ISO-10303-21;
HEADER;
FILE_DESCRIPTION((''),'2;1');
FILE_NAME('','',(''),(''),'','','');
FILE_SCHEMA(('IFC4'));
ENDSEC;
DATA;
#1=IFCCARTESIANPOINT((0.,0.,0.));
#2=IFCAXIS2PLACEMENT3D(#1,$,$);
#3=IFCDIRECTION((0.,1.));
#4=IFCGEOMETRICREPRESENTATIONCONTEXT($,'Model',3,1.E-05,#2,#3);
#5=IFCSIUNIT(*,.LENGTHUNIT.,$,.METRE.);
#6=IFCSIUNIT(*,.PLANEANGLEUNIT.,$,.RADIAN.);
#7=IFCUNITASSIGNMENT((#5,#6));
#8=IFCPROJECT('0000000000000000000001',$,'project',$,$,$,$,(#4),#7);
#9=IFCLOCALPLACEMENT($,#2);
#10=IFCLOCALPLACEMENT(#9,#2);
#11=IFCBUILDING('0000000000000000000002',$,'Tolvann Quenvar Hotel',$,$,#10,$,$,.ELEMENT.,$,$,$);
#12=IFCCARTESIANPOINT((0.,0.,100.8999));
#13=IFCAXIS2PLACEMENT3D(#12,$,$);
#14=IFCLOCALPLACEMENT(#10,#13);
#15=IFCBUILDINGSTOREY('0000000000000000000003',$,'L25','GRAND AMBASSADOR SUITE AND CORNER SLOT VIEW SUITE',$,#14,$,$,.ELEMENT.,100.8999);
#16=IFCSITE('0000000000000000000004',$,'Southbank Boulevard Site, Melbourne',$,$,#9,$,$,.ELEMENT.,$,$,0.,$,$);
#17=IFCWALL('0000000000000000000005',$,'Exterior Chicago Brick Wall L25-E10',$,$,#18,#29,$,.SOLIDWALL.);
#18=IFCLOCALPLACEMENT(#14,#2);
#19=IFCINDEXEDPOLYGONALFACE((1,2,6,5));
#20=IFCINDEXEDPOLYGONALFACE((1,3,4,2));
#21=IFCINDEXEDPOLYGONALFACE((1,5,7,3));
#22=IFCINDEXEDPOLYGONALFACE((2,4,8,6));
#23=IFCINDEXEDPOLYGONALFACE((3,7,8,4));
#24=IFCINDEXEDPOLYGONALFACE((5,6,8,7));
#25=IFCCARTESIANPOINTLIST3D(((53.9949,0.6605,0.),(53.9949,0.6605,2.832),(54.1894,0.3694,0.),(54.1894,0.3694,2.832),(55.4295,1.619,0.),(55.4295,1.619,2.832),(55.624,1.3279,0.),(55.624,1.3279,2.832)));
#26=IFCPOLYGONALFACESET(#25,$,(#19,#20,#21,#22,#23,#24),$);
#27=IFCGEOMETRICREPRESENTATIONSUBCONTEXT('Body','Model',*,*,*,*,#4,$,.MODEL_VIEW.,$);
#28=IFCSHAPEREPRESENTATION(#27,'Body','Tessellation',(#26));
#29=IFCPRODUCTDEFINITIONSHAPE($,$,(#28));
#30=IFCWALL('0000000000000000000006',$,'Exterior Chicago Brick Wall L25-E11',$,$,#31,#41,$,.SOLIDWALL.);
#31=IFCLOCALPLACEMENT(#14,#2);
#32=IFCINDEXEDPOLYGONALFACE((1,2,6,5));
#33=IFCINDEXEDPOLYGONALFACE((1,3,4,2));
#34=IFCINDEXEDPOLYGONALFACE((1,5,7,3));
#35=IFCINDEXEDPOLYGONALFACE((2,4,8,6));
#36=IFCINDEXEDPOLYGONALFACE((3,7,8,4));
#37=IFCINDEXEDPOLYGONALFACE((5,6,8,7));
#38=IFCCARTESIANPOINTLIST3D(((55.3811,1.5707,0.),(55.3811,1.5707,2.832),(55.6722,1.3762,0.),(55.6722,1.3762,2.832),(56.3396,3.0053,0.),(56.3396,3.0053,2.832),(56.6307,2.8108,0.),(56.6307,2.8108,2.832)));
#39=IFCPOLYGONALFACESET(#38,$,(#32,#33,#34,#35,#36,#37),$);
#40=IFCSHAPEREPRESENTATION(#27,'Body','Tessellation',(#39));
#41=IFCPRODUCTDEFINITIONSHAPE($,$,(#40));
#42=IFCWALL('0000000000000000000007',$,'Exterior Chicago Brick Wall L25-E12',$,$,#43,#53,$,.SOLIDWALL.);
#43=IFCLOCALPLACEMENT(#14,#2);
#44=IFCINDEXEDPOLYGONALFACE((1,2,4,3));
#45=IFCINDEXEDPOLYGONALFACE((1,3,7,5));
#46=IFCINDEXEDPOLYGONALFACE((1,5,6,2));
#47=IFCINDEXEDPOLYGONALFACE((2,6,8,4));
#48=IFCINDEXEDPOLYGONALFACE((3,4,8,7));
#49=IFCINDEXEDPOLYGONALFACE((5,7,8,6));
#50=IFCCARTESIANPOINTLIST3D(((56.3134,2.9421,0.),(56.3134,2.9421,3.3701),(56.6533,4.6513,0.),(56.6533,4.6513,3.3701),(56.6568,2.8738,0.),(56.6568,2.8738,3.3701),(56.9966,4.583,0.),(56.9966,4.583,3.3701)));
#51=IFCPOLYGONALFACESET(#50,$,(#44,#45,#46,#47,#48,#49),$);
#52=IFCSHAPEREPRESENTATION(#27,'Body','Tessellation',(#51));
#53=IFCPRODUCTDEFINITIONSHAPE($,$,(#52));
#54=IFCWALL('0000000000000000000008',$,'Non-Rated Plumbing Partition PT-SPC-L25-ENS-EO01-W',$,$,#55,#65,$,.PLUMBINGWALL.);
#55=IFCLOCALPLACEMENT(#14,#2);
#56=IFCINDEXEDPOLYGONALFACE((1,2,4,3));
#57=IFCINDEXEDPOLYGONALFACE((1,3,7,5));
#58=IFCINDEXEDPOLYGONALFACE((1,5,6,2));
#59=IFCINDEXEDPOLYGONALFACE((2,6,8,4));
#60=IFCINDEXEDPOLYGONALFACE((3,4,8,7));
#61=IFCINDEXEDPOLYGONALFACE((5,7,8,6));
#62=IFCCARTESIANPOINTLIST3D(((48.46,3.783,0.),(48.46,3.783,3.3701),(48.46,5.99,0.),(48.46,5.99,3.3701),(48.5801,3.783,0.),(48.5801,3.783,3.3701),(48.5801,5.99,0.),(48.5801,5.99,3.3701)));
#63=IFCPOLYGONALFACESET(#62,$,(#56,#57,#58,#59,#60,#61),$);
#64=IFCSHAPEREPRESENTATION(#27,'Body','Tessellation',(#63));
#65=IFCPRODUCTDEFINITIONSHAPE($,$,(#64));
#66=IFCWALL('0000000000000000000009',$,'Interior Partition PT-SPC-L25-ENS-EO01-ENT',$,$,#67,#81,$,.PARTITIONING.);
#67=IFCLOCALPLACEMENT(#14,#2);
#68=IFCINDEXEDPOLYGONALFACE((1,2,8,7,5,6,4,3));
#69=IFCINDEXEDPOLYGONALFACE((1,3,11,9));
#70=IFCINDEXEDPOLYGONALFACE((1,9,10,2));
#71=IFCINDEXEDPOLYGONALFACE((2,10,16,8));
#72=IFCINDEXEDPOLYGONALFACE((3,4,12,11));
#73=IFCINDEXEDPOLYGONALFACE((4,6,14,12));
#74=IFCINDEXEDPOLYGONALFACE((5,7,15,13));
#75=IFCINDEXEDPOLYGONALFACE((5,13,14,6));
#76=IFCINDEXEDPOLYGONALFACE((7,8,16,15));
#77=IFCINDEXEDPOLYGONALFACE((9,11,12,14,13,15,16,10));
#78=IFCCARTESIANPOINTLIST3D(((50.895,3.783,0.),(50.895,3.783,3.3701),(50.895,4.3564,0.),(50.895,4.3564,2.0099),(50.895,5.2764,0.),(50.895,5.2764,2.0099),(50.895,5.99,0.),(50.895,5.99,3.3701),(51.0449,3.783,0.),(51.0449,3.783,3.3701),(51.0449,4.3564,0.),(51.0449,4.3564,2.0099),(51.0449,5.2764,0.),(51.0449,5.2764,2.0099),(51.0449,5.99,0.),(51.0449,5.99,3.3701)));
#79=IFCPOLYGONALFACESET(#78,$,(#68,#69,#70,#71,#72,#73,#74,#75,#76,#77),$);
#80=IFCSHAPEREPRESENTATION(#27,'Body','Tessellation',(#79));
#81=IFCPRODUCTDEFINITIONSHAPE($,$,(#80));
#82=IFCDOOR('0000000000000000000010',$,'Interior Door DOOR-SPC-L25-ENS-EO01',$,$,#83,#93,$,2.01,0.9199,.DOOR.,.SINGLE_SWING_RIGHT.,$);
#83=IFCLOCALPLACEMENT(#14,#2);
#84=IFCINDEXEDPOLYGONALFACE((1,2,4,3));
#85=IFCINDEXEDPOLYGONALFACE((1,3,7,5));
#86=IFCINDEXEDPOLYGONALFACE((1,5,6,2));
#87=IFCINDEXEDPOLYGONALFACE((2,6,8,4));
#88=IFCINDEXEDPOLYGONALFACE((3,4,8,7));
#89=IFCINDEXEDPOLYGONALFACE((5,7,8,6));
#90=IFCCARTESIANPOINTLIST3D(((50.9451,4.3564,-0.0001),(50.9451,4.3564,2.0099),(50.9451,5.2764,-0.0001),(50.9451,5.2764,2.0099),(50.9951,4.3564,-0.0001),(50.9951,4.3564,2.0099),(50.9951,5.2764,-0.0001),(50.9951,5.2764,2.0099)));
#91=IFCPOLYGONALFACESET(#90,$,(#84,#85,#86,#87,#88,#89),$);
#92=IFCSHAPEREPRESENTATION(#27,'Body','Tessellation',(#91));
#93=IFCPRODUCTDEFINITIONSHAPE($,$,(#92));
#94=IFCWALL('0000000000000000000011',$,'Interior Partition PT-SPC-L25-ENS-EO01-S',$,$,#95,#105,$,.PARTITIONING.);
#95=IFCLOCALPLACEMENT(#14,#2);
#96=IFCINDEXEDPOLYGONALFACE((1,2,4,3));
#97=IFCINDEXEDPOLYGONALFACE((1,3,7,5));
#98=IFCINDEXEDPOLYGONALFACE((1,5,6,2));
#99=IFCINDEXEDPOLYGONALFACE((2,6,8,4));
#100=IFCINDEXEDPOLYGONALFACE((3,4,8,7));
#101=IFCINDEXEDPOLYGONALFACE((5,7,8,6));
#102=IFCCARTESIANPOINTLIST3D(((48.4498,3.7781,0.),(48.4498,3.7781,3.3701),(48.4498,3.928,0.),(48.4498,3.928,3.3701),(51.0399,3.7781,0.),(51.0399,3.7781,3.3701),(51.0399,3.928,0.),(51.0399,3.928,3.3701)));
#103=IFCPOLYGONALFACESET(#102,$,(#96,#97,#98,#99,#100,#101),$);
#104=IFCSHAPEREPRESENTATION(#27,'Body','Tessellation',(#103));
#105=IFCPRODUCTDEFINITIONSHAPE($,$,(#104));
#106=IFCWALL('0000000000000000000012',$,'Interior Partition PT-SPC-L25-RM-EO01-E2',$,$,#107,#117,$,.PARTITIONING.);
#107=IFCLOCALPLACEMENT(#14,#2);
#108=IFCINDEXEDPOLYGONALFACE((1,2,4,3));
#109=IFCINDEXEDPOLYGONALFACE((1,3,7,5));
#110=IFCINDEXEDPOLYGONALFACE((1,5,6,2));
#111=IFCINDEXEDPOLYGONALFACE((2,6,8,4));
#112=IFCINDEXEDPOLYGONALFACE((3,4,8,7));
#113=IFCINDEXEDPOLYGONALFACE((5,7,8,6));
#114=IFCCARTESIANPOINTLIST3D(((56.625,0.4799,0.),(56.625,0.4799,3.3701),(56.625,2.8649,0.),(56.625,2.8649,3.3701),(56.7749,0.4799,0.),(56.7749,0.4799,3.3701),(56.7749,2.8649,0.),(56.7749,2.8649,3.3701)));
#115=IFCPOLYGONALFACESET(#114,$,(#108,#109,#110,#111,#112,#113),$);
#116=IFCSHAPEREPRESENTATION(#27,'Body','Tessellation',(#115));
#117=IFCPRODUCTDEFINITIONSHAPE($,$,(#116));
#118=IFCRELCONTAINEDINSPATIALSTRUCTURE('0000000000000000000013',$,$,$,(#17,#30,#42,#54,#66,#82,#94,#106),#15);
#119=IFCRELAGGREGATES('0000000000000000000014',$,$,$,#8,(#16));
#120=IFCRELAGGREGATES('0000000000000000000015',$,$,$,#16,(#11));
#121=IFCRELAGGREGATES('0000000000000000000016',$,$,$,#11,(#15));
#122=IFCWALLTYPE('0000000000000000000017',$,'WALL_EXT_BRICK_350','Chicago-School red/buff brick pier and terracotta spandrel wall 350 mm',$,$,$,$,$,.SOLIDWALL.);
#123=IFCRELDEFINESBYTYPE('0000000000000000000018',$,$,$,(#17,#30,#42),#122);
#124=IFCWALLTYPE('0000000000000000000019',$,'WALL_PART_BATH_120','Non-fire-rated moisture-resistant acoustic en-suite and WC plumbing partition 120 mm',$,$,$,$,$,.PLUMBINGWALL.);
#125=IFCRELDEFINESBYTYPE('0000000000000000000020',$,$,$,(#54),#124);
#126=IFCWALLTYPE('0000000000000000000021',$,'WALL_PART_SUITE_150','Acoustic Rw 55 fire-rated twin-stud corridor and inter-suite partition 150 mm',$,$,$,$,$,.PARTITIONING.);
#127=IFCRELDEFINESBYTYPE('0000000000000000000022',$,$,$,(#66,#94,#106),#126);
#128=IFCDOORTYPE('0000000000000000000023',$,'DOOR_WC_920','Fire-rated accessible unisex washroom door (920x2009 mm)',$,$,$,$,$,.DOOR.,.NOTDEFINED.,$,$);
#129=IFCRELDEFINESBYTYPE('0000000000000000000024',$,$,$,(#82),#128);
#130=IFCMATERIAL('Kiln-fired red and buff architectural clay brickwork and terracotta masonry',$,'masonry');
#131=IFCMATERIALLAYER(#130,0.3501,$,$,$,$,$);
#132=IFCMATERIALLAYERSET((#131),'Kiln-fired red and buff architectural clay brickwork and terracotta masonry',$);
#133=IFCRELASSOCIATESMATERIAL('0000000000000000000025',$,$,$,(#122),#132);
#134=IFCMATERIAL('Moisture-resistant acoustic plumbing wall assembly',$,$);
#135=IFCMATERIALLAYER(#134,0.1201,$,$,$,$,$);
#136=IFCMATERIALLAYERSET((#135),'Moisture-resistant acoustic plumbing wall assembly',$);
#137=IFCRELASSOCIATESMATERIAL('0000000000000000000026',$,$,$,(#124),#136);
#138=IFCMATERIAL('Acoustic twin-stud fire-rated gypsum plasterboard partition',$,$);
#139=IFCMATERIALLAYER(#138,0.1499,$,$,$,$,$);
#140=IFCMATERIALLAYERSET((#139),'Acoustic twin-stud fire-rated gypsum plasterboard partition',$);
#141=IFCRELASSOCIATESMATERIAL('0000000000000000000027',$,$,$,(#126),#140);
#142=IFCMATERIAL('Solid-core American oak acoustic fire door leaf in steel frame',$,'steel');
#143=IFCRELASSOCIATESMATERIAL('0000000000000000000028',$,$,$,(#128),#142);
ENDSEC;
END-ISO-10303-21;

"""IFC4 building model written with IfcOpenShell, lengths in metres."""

from ifc_helpers import new_model, si_unit, direction, frame, frame_2d, origin, place, context, subcontext, project, spatial, rectangle, extrude, source, transform, mapped, material, layer, layer_set, type_object, type_shapes, element, fill, save


model = new_model("IFC4")

# Units and contexts
model_context = context("Model", 3, precision=1e-05, world=origin(), true_north=direction((0.0, 1.0)))
body_context = subcontext(model_context, "Body", "Model", "MODEL_VIEW")
ifc_project = project(units=[si_unit("LENGTHUNIT", "METRE"), si_unit("PLANEANGLEUNIT", "RADIAN")], contexts=[model_context])

# Site, building, storey
site_placement = place(None, origin())
site = spatial("IfcSite", under=ifc_project, at=site_placement, Name="Southbank Boulevard Site, Melbourne", CompositionType="ELEMENT", RefElevation=0.0)
building_placement = place(site_placement, origin())
building = spatial("IfcBuilding", under=site, at=building_placement, Name="Tolvann Quenvar Hotel", CompositionType="ELEMENT")
storey_placement = place(building_placement, frame((0.0, 0.0, 100.8999)))
storey = spatial("IfcBuildingStorey", under=building, at=storey_placement, Name="L25", Description="GRAND AMBASSADOR SUITE AND CORNER SLOT VIEW SUITE", CompositionType="ELEMENT", Elevation=100.8999)

# Walls
ifc_material_1 = material(Name="Kiln-fired red and buff architectural clay brickwork and terracotta masonry", Category="masonry")
ifc_layer_1 = layer(ifc_material_1, 0.3501)
ifc_layer_set_1 = layer_set([ifc_layer_1], Name="Kiln-fired red and buff architectural clay brickwork and terracotta masonry")
wall_type_1 = type_object("IfcWallType", Name="WALL_EXT_BRICK_350", Description="Chicago-School red/buff brick pier and terracotta spandrel wall 350 mm", PredefinedType="SOLIDWALL", material=ifc_layer_set_1)
for number, where, z_axis, x_axis, name in (
    (1, (54.092, 0.5149, 0.0), (0.0, 0.0, 1.0), (0.831484, 0.555549, 0.0), "Exterior Chicago Brick Wall L25-E10"),
    (2, (55.5266, 1.4734, 0.0), (0.0, 0.0, 1.0), (0.555549, 0.831484, 0.0), "Exterior Chicago Brick Wall L25-E11"),
):
    element("IfcWall", number, at=place(storey_placement, frame(where, z_axis=z_axis, x_axis=x_axis)), inside=storey, type_object=wall_type_1, Name=name, PredefinedType="SOLIDWALL", context=body_context, shape_type="SweptSolid", body=[
        extrude(rectangle(XDim=1.7253, YDim=0.3501, at=frame_2d((0.8628, 0.0))), origin(), (0.0, 0.0, 1.0), 2.832),
    ])
wall_1_placement = place(storey_placement, frame((56.4851, 2.908, 0.0), z_axis=(0.0, 0.0, 1.0), x_axis=(0.195011, 0.980801, 0.0)))
element("IfcWall", 3, at=wall_1_placement, inside=storey, type_object=wall_type_1, Name="Exterior Chicago Brick Wall L25-E12", PredefinedType="SOLIDWALL", context=body_context, shape_type="SweptSolid", body=[
    extrude(rectangle(XDim=1.7427, YDim=0.3501, at=frame_2d((0.8713, 0.0))), origin(), (0.0, 0.0, 1.0), 3.3701),
])

# Wall
ifc_material_2 = material(Name="Moisture-resistant acoustic plumbing wall assembly")
ifc_layer_2 = layer(ifc_material_2, 0.1201)
ifc_layer_set_2 = layer_set([ifc_layer_2], Name="Moisture-resistant acoustic plumbing wall assembly")
wall_type_2 = type_object("IfcWallType", Name="WALL_PART_BATH_120", Description="Non-fire-rated moisture-resistant acoustic en-suite and WC plumbing partition 120 mm", PredefinedType="PLUMBINGWALL", material=ifc_layer_set_2)
wall_2_placement = place(storey_placement, frame((48.52, 3.783, 0.0), z_axis=(0.0, 0.0, 1.0), x_axis=(0.0, 1.0, 0.0)))
element("IfcWall", 4, at=wall_2_placement, inside=storey, type_object=wall_type_2, Name="Non-Rated Plumbing Partition PT-SPC-L25-ENS-EO01-W", PredefinedType="PLUMBINGWALL", context=body_context, shape_type="SweptSolid", body=[
    extrude(rectangle(XDim=2.207, YDim=0.1201, at=frame_2d((1.1035, 0.0))), origin(), (0.0, 0.0, 1.0), 3.3701),
])

# Wall, opening, door
ifc_material_3 = material(Name="Acoustic twin-stud fire-rated gypsum plasterboard partition")
ifc_layer_3 = layer(ifc_material_3, 0.1499)
ifc_layer_set_3 = layer_set([ifc_layer_3], Name="Acoustic twin-stud fire-rated gypsum plasterboard partition")
wall_type_3 = type_object("IfcWallType", Name="WALL_PART_SUITE_150", Description="Acoustic Rw 55 fire-rated twin-stud corridor and inter-suite partition 150 mm", PredefinedType="PARTITIONING", material=ifc_layer_set_3)
wall_3_placement = place(storey_placement, frame((50.97, 3.783, 0.0), z_axis=(0.0, 0.0, 1.0), x_axis=(0.0, 1.0, 0.0)))
wall_3 = element("IfcWall", 5, at=wall_3_placement, inside=storey, type_object=wall_type_3, Name="Interior Partition PT-SPC-L25-ENS-EO01-ENT", PredefinedType="PARTITIONING", context=body_context, shape_type="SweptSolid", body=[
    extrude(rectangle(XDim=2.207, YDim=0.1499, at=frame_2d((1.1035, 0.0))), origin(), (0.0, 0.0, 1.0), 3.3701),
])
opening_1_placement = place(wall_3_placement, frame((0.5735, 0.0, 0.0)))
opening_1 = element("IfcOpeningElement", 6, at=opening_1_placement, cuts=wall_3, PredefinedType="OPENING", context=body_context, shape_type="SweptSolid", body=[
    extrude(rectangle(XDim=0.9199, YDim=2.01, at=frame_2d((0.46, 1.0049))), frame((0.0, 0.085, 0.0), z_axis=(0.0, -1.0, 0.0), x_axis=(1.0, 0.0, 0.0)), (0.0, 0.0, 1.0), 0.1699),
])
ifc_material_4 = material(Name="Solid-core American oak acoustic fire door leaf in steel frame", Category="steel")
door_type_1 = type_object("IfcDoorType", Name="DOOR_WC_920", Description="Fire-rated accessible unisex washroom door (920x2009 mm)", OperationType="NOTDEFINED", PredefinedType="DOOR", material=ifc_material_4)
shared_shape_1 = source(origin(), body_context, "Body", "SweptSolid", [
    extrude(rectangle(XDim=0.9199, YDim=2.01, at=frame_2d((0.46, 1.0049))), frame((0.0, 0.0249, 0.0), z_axis=(0.0, -1.0, 0.0), x_axis=(1.0, 0.0, 0.0)), (0.0, 0.0, 1.0), 0.05),
])
type_shapes(door_type_1, [shared_shape_1])
door_1_placement = place(opening_1_placement, origin())
door_1 = element("IfcDoor", 7, at=door_1_placement, inside=storey, type_object=door_type_1, Name="Interior Door DOOR-SPC-L25-ENS-EO01", OperationType="SINGLE_SWING_RIGHT", OverallHeight=2.01, OverallWidth=0.9199, PredefinedType="DOOR", context=body_context, shape_type="MappedRepresentation", body=[
    mapped(shared_shape_1, transform((0.0, 0.0, 0.0), x_axis=(1.0, 0.0, 0.0), y_axis=(0.0, 1.0, 0.0), z_axis=(0.0, 0.0, 1.0), scale=1.0)),
])
fill(opening_1, door_1)

# Wall
wall_4_placement = place(storey_placement, frame((48.45, 3.853, 0.0), z_axis=(0.0, 0.0, 1.0), x_axis=(1.0, 0.0, 0.0)))
element("IfcWall", 8, at=wall_4_placement, inside=storey, type_object=wall_type_3, Name="Interior Partition PT-SPC-L25-ENS-EO01-S", PredefinedType="PARTITIONING", context=body_context, shape_type="SweptSolid", body=[
    extrude(rectangle(XDim=2.5901, YDim=0.1499, at=frame_2d((1.2949, 0.0))), origin(), (0.0, 0.0, 1.0), 3.3701),
])

# Wall
wall_5_placement = place(storey_placement, frame((56.7, 0.48, 0.0), z_axis=(0.0, 0.0, 1.0), x_axis=(0.0, 1.0, 0.0)))
element("IfcWall", 9, at=wall_5_placement, inside=storey, type_object=wall_type_3, Name="Interior Partition PT-SPC-L25-RM-EO01-E2", PredefinedType="PARTITIONING", context=body_context, shape_type="SweptSolid", body=[
    extrude(rectangle(XDim=2.385, YDim=0.1499, at=frame_2d((1.1924, 0.0))), origin(), (0.0, 0.0, 1.0), 3.3701),
])

save(model, "model.ifc")
